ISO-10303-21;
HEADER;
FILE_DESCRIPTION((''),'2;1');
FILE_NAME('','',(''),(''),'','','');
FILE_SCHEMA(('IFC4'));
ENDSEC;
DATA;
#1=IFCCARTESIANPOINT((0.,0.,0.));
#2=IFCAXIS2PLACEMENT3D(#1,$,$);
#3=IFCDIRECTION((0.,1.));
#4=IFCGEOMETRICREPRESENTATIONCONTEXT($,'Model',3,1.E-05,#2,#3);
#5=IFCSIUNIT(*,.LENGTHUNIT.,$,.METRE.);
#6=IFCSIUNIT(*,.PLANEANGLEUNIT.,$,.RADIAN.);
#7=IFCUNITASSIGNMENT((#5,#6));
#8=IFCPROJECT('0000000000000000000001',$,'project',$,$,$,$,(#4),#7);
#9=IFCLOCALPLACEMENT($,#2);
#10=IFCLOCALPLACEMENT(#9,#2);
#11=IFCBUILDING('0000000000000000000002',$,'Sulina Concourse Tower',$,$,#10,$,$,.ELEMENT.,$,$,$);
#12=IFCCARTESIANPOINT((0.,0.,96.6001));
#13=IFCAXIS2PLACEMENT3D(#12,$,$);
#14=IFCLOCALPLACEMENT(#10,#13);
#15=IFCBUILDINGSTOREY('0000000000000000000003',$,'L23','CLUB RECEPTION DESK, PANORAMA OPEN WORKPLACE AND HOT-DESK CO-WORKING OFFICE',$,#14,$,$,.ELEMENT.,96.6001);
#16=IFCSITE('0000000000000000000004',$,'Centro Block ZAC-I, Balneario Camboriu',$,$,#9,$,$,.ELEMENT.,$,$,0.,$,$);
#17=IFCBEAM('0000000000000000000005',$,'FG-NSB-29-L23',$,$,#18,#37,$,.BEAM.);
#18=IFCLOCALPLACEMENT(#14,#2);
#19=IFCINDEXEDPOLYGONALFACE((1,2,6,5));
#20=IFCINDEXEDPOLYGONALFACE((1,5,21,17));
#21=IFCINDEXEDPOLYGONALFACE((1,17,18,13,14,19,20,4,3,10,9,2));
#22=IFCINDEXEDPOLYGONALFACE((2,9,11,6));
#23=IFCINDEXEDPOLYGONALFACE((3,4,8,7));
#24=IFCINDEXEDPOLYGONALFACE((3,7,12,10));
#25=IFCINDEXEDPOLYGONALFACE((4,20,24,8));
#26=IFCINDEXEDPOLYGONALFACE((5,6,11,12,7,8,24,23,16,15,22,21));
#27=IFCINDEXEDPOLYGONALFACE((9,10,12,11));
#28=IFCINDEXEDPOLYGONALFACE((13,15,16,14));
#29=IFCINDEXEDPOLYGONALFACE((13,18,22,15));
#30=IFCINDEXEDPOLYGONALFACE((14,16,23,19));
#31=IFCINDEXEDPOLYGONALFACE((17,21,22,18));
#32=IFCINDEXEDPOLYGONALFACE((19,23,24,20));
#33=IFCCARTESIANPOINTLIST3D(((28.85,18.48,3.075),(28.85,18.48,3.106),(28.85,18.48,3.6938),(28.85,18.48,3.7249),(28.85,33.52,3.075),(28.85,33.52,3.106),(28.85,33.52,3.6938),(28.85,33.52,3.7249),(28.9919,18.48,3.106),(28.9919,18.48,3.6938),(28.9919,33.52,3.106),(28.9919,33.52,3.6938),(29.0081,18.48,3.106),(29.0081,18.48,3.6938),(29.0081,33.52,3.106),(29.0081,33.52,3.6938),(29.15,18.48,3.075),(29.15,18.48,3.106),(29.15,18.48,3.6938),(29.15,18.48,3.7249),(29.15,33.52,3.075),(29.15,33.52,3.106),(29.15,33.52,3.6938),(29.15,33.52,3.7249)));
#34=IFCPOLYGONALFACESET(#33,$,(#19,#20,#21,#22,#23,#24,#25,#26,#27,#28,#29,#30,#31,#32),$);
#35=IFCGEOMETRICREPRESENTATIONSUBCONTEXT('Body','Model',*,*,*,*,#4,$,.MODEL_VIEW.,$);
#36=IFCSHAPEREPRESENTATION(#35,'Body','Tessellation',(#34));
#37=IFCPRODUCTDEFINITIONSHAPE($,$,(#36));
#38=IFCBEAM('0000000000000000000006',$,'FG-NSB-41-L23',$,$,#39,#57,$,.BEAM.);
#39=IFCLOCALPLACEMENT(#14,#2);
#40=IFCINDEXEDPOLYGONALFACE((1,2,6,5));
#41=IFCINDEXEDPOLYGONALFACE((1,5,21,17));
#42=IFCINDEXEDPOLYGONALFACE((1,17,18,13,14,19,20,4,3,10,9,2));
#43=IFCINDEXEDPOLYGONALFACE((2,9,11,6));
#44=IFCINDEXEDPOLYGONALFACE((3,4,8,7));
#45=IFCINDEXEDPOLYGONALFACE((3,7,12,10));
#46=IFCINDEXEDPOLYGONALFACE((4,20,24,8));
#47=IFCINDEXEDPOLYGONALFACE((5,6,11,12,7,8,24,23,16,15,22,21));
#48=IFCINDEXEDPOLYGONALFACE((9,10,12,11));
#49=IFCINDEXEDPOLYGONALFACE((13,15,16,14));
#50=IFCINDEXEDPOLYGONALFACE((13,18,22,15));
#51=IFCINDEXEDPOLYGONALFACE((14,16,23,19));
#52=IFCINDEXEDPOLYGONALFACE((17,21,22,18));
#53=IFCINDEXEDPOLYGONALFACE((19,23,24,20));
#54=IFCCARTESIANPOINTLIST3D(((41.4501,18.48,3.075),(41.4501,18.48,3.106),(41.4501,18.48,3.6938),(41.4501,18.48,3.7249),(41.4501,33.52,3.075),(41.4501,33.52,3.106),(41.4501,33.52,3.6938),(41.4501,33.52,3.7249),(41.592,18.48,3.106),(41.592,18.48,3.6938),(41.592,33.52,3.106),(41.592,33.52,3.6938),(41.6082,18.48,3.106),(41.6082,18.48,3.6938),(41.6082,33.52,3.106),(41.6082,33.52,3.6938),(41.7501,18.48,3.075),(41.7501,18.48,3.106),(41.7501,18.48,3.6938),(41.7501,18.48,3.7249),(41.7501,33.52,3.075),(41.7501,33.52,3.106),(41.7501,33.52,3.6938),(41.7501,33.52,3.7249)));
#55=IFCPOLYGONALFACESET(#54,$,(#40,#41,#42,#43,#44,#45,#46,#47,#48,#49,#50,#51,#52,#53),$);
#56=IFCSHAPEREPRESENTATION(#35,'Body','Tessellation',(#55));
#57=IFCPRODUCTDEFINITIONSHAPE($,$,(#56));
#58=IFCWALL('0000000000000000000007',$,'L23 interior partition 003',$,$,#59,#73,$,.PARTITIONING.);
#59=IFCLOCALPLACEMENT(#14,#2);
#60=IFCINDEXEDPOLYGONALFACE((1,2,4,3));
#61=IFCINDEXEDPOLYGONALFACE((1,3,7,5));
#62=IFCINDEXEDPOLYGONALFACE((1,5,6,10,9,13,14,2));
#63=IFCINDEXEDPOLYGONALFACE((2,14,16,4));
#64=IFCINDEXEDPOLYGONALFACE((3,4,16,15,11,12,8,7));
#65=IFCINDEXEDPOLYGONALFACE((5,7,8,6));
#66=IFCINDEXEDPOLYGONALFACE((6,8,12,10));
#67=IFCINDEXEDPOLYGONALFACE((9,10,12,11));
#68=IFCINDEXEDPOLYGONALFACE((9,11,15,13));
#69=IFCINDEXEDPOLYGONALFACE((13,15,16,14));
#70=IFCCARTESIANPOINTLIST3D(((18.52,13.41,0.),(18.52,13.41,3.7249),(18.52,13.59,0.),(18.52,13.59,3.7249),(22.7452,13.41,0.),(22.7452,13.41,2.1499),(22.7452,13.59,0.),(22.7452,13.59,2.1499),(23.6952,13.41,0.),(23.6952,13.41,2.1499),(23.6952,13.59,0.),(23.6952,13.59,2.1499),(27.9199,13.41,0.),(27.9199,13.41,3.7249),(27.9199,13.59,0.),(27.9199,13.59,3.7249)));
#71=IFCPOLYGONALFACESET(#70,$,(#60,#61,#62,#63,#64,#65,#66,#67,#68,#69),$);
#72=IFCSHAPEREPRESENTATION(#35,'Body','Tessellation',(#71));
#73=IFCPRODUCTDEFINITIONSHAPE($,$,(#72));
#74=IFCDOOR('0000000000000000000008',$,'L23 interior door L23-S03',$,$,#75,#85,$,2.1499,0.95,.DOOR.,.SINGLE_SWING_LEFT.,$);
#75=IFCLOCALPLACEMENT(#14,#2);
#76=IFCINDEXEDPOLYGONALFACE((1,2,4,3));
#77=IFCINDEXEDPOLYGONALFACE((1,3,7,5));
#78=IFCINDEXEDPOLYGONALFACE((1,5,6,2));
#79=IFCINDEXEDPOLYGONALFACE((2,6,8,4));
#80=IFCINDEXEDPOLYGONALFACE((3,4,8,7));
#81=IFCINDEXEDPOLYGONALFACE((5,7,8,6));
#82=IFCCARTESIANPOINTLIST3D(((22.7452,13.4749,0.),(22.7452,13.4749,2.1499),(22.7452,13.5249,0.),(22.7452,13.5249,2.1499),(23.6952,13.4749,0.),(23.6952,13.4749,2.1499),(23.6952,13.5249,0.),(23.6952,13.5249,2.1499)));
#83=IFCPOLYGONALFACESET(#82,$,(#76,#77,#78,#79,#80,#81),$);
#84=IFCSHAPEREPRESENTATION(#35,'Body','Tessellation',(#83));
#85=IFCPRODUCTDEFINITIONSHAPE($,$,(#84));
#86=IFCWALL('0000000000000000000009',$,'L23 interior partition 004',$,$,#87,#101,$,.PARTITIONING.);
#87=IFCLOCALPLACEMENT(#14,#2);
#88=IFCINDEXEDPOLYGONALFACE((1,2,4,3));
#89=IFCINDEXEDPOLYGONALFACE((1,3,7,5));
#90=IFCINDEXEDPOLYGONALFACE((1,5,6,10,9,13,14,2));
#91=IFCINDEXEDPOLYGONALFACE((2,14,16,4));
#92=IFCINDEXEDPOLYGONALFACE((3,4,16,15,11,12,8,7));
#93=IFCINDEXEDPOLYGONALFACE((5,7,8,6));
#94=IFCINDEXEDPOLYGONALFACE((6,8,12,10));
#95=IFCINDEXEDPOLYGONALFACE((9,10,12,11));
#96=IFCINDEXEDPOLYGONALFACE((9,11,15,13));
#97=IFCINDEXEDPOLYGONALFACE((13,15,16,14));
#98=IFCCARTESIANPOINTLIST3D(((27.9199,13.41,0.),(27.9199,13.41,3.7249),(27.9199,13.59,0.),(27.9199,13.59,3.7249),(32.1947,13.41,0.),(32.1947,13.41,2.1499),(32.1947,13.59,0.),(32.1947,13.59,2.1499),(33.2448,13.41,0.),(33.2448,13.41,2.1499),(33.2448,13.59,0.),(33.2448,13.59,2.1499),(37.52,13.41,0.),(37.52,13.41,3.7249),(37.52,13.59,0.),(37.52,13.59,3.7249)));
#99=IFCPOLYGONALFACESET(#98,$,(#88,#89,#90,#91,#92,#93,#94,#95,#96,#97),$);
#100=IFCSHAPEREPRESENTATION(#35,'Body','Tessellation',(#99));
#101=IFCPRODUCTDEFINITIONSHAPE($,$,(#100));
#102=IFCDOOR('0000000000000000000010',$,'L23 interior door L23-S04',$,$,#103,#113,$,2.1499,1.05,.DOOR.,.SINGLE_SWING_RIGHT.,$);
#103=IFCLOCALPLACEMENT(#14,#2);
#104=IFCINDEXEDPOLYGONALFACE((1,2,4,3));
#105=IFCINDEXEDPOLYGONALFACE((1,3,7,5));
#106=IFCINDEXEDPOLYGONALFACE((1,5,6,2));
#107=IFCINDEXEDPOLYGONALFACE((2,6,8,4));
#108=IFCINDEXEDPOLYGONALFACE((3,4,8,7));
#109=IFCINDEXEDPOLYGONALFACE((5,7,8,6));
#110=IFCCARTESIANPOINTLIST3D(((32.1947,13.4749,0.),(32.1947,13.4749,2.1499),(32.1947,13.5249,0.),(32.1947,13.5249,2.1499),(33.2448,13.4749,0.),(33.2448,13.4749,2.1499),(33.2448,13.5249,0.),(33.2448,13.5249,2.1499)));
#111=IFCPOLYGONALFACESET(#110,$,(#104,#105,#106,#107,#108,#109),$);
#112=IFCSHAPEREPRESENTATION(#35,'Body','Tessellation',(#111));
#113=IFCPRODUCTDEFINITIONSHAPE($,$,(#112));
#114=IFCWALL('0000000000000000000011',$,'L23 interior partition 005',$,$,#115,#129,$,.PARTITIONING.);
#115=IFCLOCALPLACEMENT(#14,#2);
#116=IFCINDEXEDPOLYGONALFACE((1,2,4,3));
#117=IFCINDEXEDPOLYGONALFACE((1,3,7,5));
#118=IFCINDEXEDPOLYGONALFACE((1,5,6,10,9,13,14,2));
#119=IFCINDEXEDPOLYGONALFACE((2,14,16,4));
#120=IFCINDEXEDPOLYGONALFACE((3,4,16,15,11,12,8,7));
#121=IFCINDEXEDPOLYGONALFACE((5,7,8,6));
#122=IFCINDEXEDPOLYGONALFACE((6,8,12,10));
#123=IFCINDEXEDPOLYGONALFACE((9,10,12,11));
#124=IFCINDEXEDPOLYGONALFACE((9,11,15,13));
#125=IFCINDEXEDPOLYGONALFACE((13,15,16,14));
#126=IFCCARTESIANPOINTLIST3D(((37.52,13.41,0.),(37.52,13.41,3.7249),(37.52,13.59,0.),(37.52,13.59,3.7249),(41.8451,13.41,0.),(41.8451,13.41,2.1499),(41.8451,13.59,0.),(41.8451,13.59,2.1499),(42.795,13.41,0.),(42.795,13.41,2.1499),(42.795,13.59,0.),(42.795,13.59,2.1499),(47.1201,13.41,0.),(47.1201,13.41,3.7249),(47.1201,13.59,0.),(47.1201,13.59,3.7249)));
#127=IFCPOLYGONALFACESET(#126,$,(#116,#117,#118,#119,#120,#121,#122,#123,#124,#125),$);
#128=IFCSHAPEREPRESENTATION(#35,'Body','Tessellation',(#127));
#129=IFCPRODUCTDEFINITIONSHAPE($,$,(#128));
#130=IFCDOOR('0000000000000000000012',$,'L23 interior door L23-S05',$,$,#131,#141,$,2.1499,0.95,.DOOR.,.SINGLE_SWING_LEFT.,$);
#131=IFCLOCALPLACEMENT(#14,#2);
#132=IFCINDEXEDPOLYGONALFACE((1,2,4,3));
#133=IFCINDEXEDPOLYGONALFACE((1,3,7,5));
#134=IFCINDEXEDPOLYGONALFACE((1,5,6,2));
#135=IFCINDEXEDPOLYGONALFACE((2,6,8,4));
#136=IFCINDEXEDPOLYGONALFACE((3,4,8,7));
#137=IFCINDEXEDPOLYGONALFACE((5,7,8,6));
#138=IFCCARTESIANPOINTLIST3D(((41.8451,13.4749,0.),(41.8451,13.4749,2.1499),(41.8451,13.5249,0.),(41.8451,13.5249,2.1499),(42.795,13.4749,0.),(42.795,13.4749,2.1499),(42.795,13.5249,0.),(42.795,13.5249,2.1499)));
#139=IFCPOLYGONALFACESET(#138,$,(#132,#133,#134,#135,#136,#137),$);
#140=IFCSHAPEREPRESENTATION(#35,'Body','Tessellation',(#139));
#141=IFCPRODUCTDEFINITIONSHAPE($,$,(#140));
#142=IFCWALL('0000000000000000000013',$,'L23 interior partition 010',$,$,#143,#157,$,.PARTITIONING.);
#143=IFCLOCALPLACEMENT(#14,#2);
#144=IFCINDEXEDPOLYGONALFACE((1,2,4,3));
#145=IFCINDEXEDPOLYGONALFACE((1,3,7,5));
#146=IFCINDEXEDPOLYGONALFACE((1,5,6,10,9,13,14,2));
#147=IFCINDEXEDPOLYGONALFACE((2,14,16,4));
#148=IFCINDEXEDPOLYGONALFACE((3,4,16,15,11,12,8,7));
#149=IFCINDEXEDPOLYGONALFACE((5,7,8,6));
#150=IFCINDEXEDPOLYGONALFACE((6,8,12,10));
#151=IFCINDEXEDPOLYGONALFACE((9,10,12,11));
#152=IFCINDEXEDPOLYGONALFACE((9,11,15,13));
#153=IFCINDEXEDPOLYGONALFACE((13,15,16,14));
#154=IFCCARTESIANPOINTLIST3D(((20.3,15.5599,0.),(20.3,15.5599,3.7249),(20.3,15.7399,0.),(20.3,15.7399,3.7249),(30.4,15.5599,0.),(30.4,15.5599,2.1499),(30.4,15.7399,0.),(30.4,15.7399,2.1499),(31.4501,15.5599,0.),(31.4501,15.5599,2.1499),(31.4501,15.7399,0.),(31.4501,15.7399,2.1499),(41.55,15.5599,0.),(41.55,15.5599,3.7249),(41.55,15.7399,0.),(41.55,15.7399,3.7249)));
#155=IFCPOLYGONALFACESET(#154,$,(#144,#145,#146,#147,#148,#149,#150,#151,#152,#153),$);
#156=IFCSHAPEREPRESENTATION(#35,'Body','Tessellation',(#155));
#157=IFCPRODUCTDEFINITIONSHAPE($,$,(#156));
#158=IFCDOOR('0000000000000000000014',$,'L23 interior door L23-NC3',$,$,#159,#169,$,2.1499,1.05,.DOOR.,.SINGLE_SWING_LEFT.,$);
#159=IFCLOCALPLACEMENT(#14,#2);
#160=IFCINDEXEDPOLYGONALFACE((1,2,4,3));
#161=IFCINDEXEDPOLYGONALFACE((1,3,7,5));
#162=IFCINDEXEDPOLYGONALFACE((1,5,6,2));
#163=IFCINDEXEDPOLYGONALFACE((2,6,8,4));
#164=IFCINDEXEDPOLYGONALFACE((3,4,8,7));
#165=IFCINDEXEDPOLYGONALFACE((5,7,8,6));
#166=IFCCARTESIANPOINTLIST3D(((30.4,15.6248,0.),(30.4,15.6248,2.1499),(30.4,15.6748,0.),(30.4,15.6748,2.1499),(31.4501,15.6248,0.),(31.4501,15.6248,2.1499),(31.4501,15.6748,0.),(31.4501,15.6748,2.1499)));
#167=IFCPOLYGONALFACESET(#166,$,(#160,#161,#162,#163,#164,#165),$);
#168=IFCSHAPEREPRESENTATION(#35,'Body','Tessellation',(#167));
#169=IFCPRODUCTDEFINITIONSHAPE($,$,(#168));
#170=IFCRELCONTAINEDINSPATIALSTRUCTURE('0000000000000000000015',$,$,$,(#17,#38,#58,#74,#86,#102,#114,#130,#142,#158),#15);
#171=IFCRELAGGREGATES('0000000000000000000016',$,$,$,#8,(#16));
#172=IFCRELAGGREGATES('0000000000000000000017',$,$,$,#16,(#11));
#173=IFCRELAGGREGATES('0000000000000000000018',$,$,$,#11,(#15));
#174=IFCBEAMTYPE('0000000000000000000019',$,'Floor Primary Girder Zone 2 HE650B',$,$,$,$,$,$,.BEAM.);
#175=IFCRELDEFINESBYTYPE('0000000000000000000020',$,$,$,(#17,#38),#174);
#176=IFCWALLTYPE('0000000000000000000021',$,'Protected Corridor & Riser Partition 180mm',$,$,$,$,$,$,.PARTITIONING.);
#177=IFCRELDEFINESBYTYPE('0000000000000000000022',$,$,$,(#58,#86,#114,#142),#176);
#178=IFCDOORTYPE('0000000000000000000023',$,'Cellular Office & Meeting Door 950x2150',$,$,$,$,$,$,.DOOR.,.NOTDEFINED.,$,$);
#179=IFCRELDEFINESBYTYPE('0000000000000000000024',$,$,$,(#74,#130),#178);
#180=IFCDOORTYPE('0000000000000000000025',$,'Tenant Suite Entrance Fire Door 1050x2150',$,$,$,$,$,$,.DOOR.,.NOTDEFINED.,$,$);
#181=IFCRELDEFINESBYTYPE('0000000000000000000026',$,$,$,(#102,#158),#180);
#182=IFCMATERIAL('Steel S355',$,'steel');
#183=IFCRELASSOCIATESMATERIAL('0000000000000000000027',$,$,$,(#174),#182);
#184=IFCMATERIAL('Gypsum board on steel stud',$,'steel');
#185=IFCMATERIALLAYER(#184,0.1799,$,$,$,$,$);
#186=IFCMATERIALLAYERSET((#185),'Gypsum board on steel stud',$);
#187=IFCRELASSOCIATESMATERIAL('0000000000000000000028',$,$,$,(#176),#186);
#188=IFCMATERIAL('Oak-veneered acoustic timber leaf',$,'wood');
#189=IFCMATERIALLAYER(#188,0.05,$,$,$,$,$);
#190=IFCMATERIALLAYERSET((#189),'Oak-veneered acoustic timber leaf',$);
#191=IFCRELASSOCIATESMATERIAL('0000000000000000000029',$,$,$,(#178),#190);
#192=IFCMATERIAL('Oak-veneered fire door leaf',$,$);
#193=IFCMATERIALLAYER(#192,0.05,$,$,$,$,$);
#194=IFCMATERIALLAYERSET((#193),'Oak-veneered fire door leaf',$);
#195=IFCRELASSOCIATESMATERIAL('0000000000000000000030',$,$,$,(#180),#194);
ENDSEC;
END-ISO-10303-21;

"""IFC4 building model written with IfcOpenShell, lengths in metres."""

from ifc_helpers import new_model, si_unit, direction, frame, frame_2d, origin, origin_2d, place, context, subcontext, project, spatial, rectangle, i_section, extrude, material, layer, layer_set, material_profile, profile_set, type_object, element, fill, save


model = new_model("IFC4")

# Units and contexts
model_context = context("Model", 3, precision=1e-05, world=origin(), true_north=direction((0.0, 1.0)))
body_context = subcontext(model_context, "Body", "Model", "MODEL_VIEW")
ifc_project = project(units=[si_unit("LENGTHUNIT", "METRE"), si_unit("PLANEANGLEUNIT", "RADIAN")], contexts=[model_context])

# Site, building, storey
site_placement = place(None, origin())
site = spatial("IfcSite", under=ifc_project, at=site_placement, Name="Centro Block ZAC-I, Balneario Camboriu", CompositionType="ELEMENT", RefElevation=0.0)
building_placement = place(site_placement, origin())
building = spatial("IfcBuilding", under=site, at=building_placement, Name="Sulina Concourse Tower", CompositionType="ELEMENT")
storey_placement = place(building_placement, frame((0.0, 0.0, 96.6001)))
storey = spatial("IfcBuildingStorey", under=building, at=storey_placement, Name="L23", Description="CLUB RECEPTION DESK, PANORAMA OPEN WORKPLACE AND HOT-DESK CO-WORKING OFFICE", CompositionType="ELEMENT", Elevation=96.6001)

# Beams
ifc_material_1 = material(Name="Steel S355", Category="steel")
ifc_material_profile_1 = material_profile(ifc_material_1, i_section(OverallWidth=0.3, OverallDepth=0.6499, WebThickness=0.0161, FlangeThickness=0.031, at=origin_2d()), Name="HE 650 B")
ifc_profile_set_1 = profile_set([ifc_material_profile_1], Name="Steel S355")
beam_type_1 = type_object("IfcBeamType", Name="Floor Primary Girder Zone 2 HE650B", PredefinedType="BEAM", material=ifc_profile_set_1)
for number, where, z_axis, x_axis, name in (
    (1, (29.0, 18.48, 3.3999), (0.0, 1.0, 0.0), (-1.0, 0.0, 0.0), "FG-NSB-29-L23"),
    (2, (41.6001, 18.48, 3.3999), (0.0, 1.0, 0.0), (-1.0, 0.0, 0.0), "FG-NSB-41-L23"),
):
    element("IfcBeam", number, at=place(storey_placement, frame(where, z_axis=z_axis, x_axis=x_axis)), inside=storey, type_object=beam_type_1, Name=name, PredefinedType="BEAM", context=body_context, shape_type="SweptSolid", body=[
        extrude(i_section(OverallWidth=0.3, OverallDepth=0.6499, WebThickness=0.0161, FlangeThickness=0.031, at=origin_2d()), origin(), (0.0, 0.0, 1.0), 15.04),
    ])

# Walls, openings, doors
ifc_material_2 = material(Name="Gypsum board on steel stud", Category="steel")
ifc_layer_1 = layer(ifc_material_2, 0.1799)
ifc_layer_set_1 = layer_set([ifc_layer_1], Name="Gypsum board on steel stud")
wall_type = type_object("IfcWallType", Name="Protected Corridor & Riser Partition 180mm", PredefinedType="PARTITIONING", material=ifc_layer_set_1)
wall_1_placement = place(storey_placement, frame((18.52, 13.5, 0.0), z_axis=(0.0, 0.0, 1.0), x_axis=(1.0, 0.0, 0.0)))
wall_1 = element("IfcWall", 3, at=wall_1_placement, inside=storey, type_object=wall_type, Name="L23 interior partition 003", PredefinedType="PARTITIONING", context=body_context, shape_type="SweptSolid", body=[
    extrude(rectangle(XDim=9.3999, YDim=0.1799, at=frame_2d((4.7, 0.0))), origin(), (0.0, 0.0, 1.0), 3.7249),
])
opening_1_placement = place(wall_1_placement, frame((4.2251, 0.0, 0.0)))
opening_1 = element("IfcOpeningElement", 4, at=opening_1_placement, cuts=wall_1, PredefinedType="OPENING", context=body_context, shape_type="SweptSolid", body=[
    extrude(rectangle(XDim=0.95, YDim=2.1499, at=frame_2d((0.4751, 1.075))), frame((0.0, 0.0999, 0.0), z_axis=(0.0, -1.0, 0.0), x_axis=(1.0, 0.0, 0.0)), (0.0, 0.0, 1.0), 0.2),
])
ifc_material_3 = material(Name="Oak-veneered acoustic timber leaf", Category="wood")
ifc_layer_2 = layer(ifc_material_3, 0.05)
ifc_layer_set_2 = layer_set([ifc_layer_2], Name="Oak-veneered acoustic timber leaf")
door_type_1 = type_object("IfcDoorType", Name="Cellular Office & Meeting Door 950x2150", OperationType="NOTDEFINED", PredefinedType="DOOR", material=ifc_layer_set_2)
door_1_placement = place(opening_1_placement, origin())
door_1 = element("IfcDoor", 5, at=door_1_placement, inside=storey, type_object=door_type_1, Name="L23 interior door L23-S03", OperationType="SINGLE_SWING_LEFT", OverallHeight=2.1499, OverallWidth=0.95, PredefinedType="DOOR", context=body_context, shape_type="SweptSolid", body=[
    extrude(rectangle(XDim=0.95, YDim=2.1499, at=frame_2d((0.4751, 1.075))), frame((0.0, 0.0249, 0.0), z_axis=(0.0, -1.0, 0.0), x_axis=(1.0, 0.0, 0.0)), (0.0, 0.0, 1.0), 0.05),
])
fill(opening_1, door_1)
wall_2_placement = place(storey_placement, frame((27.9199, 13.5, 0.0), z_axis=(0.0, 0.0, 1.0), x_axis=(1.0, 0.0, 0.0)))
wall_2 = element("IfcWall", 6, at=wall_2_placement, inside=storey, type_object=wall_type, Name="L23 interior partition 004", PredefinedType="PARTITIONING", context=body_context, shape_type="SweptSolid", body=[
    extrude(rectangle(XDim=9.6001, YDim=0.1799, at=frame_2d((4.8, 0.0))), origin(), (0.0, 0.0, 1.0), 3.7249),
])
opening_2_placement = place(wall_2_placement, frame((4.2749, 0.0, 0.0)))
opening_2 = element("IfcOpeningElement", 7, at=opening_2_placement, cuts=wall_2, PredefinedType="OPENING", context=body_context, shape_type="SweptSolid", body=[
    extrude(rectangle(XDim=1.05, YDim=2.1499, at=frame_2d((0.5249, 1.075))), frame((0.0, 0.0999, 0.0), z_axis=(0.0, -1.0, 0.0), x_axis=(1.0, 0.0, 0.0)), (0.0, 0.0, 1.0), 0.2),
])
ifc_material_4 = material(Name="Oak-veneered fire door leaf")
ifc_layer_3 = layer(ifc_material_4, 0.05)
ifc_layer_set_3 = layer_set([ifc_layer_3], Name="Oak-veneered fire door leaf")
door_type_2 = type_object("IfcDoorType", Name="Tenant Suite Entrance Fire Door 1050x2150", OperationType="NOTDEFINED", PredefinedType="DOOR", material=ifc_layer_set_3)
door_2_placement = place(opening_2_placement, origin())
door_2 = element("IfcDoor", 8, at=door_2_placement, inside=storey, type_object=door_type_2, Name="L23 interior door L23-S04", OperationType="SINGLE_SWING_RIGHT", OverallHeight=2.1499, OverallWidth=1.05, PredefinedType="DOOR", context=body_context, shape_type="SweptSolid", body=[
    extrude(rectangle(XDim=1.05, YDim=2.1499, at=frame_2d((0.5249, 1.075))), frame((0.0, 0.0249, 0.0), z_axis=(0.0, -1.0, 0.0), x_axis=(1.0, 0.0, 0.0)), (0.0, 0.0, 1.0), 0.05),
])
fill(opening_2, door_2)
wall_3_placement = place(storey_placement, frame((37.52, 13.5, 0.0), z_axis=(0.0, 0.0, 1.0), x_axis=(1.0, 0.0, 0.0)))
wall_3 = element("IfcWall", 9, at=wall_3_placement, inside=storey, type_object=wall_type, Name="L23 interior partition 005", PredefinedType="PARTITIONING", context=body_context, shape_type="SweptSolid", body=[
    extrude(rectangle(XDim=9.6001, YDim=0.1799, at=frame_2d((4.8, 0.0))), origin(), (0.0, 0.0, 1.0), 3.7249),
])
opening_3_placement = place(wall_3_placement, frame((4.325, 0.0, 0.0)))
opening_3 = element("IfcOpeningElement", 10, at=opening_3_placement, cuts=wall_3, PredefinedType="OPENING", context=body_context, shape_type="SweptSolid", body=[
    extrude(rectangle(XDim=0.95, YDim=2.1499, at=frame_2d((0.4751, 1.075))), frame((0.0, 0.0999, 0.0), z_axis=(0.0, -1.0, 0.0), x_axis=(1.0, 0.0, 0.0)), (0.0, 0.0, 1.0), 0.2),
])
door_3_placement = place(opening_3_placement, origin())
door_3 = element("IfcDoor", 11, at=door_3_placement, inside=storey, type_object=door_type_1, Name="L23 interior door L23-S05", OperationType="SINGLE_SWING_LEFT", OverallHeight=2.1499, OverallWidth=0.95, PredefinedType="DOOR", context=body_context, shape_type="SweptSolid", body=[
    extrude(rectangle(XDim=0.95, YDim=2.1499, at=frame_2d((0.4751, 1.075))), frame((0.0, 0.0249, 0.0), z_axis=(0.0, -1.0, 0.0), x_axis=(1.0, 0.0, 0.0)), (0.0, 0.0, 1.0), 0.05),
])
fill(opening_3, door_3)
wall_4_placement = place(storey_placement, frame((20.3, 15.6499, 0.0), z_axis=(0.0, 0.0, 1.0), x_axis=(1.0, 0.0, 0.0)))
wall_4 = element("IfcWall", 12, at=wall_4_placement, inside=storey, type_object=wall_type, Name="L23 interior partition 010", PredefinedType="PARTITIONING", context=body_context, shape_type="SweptSolid", body=[
    extrude(rectangle(XDim=21.25, YDim=0.1799, at=frame_2d((10.625, 0.0))), origin(), (0.0, 0.0, 1.0), 3.7249),
])
opening_4_placement = place(wall_4_placement, frame((10.1001, 0.0, 0.0)))
opening_4 = element("IfcOpeningElement", 13, at=opening_4_placement, cuts=wall_4, PredefinedType="OPENING", context=body_context, shape_type="SweptSolid", body=[
    extrude(rectangle(XDim=1.05, YDim=2.1499, at=frame_2d((0.5249, 1.075))), frame((0.0, 0.0999, 0.0), z_axis=(0.0, -1.0, 0.0), x_axis=(1.0, 0.0, 0.0)), (0.0, 0.0, 1.0), 0.2),
])
door_4_placement = place(opening_4_placement, origin())
door_4 = element("IfcDoor", 14, at=door_4_placement, inside=storey, type_object=door_type_2, Name="L23 interior door L23-NC3", OperationType="SINGLE_SWING_LEFT", OverallHeight=2.1499, OverallWidth=1.05, PredefinedType="DOOR", context=body_context, shape_type="SweptSolid", body=[
    extrude(rectangle(XDim=1.05, YDim=2.1499, at=frame_2d((0.5249, 1.075))), frame((0.0, 0.0249, 0.0), z_axis=(0.0, -1.0, 0.0), x_axis=(1.0, 0.0, 0.0)), (0.0, 0.0, 1.0), 0.05),
])
fill(opening_4, door_4)

save(model, "model.ifc")
